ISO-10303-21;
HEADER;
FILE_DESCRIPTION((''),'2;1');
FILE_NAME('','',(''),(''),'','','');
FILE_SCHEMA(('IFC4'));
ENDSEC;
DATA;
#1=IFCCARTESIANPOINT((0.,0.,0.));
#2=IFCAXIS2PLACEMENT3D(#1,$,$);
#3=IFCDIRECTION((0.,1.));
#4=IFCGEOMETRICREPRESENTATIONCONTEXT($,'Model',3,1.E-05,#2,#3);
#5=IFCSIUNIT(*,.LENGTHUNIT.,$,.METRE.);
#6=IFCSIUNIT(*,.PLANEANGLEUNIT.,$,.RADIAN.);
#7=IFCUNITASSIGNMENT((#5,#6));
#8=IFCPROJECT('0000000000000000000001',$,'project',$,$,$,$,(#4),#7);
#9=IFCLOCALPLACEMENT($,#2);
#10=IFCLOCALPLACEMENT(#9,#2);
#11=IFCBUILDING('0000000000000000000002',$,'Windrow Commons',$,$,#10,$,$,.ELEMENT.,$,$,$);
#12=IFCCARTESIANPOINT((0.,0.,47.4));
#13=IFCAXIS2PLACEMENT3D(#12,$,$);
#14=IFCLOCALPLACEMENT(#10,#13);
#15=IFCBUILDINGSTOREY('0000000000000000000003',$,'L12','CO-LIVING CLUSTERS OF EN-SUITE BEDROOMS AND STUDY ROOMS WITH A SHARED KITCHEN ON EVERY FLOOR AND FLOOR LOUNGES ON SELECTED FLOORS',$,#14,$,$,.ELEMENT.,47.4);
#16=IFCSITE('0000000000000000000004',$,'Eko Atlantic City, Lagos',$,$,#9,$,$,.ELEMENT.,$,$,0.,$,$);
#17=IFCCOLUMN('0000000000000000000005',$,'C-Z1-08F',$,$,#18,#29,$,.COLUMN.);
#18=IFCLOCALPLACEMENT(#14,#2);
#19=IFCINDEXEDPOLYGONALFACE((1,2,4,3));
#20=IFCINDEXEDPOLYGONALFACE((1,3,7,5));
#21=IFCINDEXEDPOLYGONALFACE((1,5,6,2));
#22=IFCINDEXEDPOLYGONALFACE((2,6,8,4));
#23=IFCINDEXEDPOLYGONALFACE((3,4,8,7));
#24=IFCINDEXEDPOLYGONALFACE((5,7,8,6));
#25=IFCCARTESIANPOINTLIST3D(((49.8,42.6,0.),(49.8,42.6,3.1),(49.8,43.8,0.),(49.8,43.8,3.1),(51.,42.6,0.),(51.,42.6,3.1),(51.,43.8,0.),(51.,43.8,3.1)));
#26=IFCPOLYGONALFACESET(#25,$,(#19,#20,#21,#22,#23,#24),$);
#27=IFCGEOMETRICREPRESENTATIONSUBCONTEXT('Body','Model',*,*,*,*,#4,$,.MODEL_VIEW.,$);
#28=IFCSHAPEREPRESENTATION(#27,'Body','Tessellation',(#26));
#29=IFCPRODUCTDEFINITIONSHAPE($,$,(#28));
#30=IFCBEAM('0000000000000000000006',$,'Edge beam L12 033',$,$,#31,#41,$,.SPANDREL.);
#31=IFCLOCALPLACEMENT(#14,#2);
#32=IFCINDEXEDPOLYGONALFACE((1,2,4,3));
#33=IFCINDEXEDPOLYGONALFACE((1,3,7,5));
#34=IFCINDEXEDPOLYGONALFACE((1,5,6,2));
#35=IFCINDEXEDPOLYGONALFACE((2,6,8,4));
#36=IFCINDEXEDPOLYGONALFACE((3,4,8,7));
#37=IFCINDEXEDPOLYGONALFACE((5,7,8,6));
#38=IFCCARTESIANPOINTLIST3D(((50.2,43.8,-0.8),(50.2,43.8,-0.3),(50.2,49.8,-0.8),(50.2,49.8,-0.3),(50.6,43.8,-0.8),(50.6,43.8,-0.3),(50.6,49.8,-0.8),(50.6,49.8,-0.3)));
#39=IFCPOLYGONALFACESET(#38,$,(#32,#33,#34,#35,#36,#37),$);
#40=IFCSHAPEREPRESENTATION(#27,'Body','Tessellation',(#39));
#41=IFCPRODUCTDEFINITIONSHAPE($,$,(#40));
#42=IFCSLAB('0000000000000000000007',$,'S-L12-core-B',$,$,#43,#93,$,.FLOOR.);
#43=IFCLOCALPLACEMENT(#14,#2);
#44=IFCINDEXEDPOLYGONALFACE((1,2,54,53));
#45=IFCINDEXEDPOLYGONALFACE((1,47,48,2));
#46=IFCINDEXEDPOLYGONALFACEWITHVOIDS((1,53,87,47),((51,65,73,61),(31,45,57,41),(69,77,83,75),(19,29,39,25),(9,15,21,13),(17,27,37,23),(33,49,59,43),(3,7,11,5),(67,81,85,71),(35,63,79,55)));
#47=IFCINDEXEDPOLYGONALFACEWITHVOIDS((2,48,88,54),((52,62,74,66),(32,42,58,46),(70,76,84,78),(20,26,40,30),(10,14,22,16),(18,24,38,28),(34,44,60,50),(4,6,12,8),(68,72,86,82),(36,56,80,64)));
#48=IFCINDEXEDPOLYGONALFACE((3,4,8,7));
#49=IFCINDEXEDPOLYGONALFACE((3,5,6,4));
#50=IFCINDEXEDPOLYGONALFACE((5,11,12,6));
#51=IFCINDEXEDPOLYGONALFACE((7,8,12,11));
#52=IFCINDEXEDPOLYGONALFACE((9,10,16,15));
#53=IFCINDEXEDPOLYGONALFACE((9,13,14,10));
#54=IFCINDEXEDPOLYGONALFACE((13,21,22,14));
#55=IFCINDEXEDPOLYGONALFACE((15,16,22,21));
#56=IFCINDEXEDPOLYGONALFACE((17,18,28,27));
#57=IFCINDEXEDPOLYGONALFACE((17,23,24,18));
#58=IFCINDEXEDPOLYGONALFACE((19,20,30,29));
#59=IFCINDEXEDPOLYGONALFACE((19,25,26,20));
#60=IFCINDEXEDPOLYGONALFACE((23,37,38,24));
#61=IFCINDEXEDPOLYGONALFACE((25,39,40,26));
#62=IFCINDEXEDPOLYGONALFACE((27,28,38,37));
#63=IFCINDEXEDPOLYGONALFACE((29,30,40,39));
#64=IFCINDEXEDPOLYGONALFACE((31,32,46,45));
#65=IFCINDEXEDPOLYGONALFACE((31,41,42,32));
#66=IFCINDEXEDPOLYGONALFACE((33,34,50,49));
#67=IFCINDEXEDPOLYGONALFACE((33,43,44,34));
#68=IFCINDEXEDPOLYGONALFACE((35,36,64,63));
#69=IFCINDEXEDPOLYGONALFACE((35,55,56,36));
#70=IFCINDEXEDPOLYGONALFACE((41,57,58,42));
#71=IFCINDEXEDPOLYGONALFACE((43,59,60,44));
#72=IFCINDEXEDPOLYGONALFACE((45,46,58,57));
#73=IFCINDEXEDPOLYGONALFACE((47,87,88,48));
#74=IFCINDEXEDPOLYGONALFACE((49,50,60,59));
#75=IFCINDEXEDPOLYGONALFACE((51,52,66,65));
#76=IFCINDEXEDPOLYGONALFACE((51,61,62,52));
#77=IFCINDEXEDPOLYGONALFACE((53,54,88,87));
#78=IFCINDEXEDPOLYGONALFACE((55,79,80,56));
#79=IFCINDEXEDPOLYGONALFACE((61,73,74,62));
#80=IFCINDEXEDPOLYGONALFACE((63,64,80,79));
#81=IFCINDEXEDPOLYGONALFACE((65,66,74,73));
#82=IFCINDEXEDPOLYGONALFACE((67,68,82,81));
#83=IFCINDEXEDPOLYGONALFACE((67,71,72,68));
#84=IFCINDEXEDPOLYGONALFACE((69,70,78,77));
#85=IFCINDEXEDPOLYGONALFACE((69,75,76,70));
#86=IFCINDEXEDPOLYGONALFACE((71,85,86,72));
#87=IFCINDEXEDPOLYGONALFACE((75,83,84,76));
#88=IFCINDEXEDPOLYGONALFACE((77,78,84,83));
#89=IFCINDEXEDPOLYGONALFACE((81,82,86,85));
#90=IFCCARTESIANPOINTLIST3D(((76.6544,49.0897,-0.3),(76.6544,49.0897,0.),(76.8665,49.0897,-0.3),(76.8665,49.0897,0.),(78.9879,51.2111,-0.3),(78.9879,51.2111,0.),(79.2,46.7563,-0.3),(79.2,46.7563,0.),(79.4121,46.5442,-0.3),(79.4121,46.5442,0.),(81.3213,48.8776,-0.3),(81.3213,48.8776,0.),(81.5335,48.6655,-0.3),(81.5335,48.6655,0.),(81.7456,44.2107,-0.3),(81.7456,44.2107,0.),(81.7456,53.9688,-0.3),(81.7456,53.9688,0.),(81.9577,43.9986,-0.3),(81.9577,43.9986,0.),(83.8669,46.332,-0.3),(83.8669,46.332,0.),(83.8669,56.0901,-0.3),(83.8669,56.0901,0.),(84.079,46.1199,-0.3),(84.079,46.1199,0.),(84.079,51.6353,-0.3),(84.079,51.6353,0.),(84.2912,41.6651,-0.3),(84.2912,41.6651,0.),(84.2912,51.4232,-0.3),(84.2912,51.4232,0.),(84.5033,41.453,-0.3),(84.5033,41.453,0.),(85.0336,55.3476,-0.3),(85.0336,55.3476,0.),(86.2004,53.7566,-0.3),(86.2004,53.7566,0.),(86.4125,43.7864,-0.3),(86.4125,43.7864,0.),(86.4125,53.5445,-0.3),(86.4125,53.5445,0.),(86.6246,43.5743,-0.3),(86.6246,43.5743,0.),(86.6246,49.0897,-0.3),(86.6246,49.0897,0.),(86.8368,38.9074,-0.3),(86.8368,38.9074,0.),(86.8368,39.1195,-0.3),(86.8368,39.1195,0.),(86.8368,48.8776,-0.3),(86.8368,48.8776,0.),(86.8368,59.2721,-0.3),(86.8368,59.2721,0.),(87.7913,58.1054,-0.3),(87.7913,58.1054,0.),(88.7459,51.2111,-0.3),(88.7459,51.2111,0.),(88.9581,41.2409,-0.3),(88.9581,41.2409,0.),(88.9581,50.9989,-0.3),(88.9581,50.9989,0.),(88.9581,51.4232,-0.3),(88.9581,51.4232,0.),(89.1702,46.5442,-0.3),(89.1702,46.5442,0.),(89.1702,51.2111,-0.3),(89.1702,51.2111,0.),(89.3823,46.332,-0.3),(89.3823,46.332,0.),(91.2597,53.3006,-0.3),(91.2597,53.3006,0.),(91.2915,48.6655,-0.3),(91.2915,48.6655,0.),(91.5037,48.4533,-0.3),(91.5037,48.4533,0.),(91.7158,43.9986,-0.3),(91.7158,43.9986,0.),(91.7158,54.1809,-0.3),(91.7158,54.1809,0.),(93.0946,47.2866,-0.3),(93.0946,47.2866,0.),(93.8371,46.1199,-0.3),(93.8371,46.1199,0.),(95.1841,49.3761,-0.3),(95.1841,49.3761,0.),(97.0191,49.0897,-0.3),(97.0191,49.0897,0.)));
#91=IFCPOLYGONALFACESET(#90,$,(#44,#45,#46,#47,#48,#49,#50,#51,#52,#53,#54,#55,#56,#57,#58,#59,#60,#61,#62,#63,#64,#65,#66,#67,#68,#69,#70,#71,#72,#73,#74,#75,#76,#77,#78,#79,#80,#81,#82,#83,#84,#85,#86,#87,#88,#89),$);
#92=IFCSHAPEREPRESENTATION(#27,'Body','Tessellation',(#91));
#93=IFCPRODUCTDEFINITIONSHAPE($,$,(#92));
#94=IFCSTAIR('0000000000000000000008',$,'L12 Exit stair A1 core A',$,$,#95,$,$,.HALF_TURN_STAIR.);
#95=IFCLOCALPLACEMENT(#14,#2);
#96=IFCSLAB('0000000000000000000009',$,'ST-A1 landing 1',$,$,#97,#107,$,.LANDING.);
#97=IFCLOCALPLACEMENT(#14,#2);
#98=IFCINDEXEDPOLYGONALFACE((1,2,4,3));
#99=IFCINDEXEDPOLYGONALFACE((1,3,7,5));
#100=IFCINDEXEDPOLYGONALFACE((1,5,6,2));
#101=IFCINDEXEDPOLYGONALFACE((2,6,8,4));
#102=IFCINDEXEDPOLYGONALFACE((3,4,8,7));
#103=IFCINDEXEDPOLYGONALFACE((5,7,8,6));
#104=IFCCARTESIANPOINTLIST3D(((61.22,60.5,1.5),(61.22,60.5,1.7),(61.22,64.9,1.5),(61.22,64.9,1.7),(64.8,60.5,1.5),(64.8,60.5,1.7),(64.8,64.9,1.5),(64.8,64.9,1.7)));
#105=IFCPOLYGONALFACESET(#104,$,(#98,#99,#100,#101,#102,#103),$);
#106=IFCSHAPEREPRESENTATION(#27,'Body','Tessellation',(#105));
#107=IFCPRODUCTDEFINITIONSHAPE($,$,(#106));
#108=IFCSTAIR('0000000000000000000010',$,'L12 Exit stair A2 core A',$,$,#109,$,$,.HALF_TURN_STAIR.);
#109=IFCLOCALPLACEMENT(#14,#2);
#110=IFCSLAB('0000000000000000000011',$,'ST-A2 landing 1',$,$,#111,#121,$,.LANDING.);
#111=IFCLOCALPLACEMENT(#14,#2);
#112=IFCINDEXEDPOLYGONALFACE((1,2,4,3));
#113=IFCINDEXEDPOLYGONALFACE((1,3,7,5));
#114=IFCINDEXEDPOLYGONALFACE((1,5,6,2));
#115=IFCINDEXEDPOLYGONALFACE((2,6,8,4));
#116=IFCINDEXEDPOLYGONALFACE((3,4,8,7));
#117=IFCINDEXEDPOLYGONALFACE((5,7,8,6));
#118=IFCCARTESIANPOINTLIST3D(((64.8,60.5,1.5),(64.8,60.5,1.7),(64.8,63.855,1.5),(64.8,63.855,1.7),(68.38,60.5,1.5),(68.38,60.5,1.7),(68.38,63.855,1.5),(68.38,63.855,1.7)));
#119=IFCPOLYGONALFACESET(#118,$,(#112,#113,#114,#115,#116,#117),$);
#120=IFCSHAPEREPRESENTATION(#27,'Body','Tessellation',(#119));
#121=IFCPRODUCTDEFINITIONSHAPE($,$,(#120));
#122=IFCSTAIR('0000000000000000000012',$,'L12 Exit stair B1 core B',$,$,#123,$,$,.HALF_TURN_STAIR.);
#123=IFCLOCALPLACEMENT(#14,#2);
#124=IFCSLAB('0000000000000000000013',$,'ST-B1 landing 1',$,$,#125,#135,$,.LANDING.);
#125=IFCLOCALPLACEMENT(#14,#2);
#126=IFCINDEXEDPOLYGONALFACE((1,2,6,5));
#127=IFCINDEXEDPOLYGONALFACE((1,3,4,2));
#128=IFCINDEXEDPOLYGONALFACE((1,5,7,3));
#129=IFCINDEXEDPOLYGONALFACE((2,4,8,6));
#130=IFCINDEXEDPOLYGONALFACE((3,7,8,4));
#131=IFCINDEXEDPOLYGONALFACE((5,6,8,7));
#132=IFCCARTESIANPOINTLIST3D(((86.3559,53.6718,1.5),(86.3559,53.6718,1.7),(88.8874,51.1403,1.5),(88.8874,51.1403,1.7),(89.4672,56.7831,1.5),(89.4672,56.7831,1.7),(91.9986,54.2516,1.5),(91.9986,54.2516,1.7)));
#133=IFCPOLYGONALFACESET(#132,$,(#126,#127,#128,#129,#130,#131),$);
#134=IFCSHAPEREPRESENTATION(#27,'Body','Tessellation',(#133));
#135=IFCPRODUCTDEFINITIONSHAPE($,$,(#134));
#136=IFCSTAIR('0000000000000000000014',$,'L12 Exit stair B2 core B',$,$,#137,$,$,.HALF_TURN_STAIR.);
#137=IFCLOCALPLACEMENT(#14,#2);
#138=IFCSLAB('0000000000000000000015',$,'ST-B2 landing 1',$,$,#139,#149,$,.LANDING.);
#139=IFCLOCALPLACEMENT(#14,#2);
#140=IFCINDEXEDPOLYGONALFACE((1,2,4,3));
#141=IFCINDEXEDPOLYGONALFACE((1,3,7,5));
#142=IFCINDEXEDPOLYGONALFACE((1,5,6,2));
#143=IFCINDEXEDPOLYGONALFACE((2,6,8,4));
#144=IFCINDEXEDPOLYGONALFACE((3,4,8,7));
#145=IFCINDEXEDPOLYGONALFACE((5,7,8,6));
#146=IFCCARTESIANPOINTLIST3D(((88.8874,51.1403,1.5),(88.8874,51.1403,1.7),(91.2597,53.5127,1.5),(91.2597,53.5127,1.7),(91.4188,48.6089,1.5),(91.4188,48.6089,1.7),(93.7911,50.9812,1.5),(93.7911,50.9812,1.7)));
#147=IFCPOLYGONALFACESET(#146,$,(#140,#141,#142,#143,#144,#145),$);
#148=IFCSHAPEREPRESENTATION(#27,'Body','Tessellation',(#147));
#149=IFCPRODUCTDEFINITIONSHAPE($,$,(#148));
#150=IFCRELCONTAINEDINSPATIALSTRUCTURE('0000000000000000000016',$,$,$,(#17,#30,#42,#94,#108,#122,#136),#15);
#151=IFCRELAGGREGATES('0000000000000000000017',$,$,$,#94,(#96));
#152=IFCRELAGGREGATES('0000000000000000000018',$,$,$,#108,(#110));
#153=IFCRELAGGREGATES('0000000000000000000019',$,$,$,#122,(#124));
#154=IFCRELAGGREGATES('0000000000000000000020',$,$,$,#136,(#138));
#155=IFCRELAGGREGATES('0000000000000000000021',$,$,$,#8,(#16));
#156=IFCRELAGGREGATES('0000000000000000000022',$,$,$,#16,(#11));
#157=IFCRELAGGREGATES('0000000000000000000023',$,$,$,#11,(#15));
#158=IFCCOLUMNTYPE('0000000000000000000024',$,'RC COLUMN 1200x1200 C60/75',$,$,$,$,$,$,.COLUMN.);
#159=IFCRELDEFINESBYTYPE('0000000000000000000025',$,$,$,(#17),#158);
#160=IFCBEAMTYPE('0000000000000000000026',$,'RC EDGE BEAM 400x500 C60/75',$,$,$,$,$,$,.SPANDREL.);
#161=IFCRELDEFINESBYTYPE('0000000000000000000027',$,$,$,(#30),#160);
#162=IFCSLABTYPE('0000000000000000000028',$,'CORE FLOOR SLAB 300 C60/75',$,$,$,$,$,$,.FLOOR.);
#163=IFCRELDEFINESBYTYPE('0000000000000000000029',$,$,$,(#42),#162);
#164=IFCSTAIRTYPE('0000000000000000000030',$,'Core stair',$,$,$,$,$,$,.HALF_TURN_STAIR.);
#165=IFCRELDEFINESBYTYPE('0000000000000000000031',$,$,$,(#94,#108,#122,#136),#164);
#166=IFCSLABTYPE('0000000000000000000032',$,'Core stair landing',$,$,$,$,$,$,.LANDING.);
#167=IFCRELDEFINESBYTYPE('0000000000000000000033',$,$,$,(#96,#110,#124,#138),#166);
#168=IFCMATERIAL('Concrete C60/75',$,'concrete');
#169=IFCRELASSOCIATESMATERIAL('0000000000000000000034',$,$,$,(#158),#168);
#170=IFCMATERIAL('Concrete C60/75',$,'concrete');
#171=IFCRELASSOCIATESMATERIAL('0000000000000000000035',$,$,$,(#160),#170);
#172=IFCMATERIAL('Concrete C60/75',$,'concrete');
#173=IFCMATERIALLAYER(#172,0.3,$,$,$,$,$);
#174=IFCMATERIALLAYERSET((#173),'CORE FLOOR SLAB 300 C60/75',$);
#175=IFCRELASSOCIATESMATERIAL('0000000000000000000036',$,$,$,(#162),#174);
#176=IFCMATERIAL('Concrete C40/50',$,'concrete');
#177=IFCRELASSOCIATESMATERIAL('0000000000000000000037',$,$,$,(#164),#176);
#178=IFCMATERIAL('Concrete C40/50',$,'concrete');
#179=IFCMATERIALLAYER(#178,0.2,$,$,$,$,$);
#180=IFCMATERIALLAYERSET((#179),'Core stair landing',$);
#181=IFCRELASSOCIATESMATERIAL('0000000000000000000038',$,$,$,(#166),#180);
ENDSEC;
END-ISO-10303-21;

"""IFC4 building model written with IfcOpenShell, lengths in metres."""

from ifc_helpers import new_model, si_unit, direction, frame, origin, origin_2d, place, context, subcontext, project, spatial, polyline, rectangle, outline, extrude, material, layer, layer_set, material_profile, profile_set, type_object, element, aggregate, save


model = new_model("IFC4")

# Units and contexts
model_context = context("Model", 3, precision=1e-05, world=origin(), true_north=direction((0.0, 1.0)))
body_context = subcontext(model_context, "Body", "Model", "MODEL_VIEW")
ifc_project = project(units=[si_unit("LENGTHUNIT", "METRE"), si_unit("PLANEANGLEUNIT", "RADIAN")], contexts=[model_context])

# Site, building, storey
site_placement = place(None, origin())
site = spatial("IfcSite", under=ifc_project, at=site_placement, Name="Eko Atlantic City, Lagos", CompositionType="ELEMENT", RefElevation=0.0)
building_placement = place(site_placement, origin())
building = spatial("IfcBuilding", under=site, at=building_placement, Name="Windrow Commons", CompositionType="ELEMENT")
storey_placement = place(building_placement, frame((0.0, 0.0, 47.4)))
storey = spatial("IfcBuildingStorey", under=building, at=storey_placement, Name="L12", Description="CO-LIVING CLUSTERS OF EN-SUITE BEDROOMS AND STUDY ROOMS WITH A SHARED KITCHEN ON EVERY FLOOR AND FLOOR LOUNGES ON SELECTED FLOORS", CompositionType="ELEMENT", Elevation=47.4)

# Column
ifc_material_1 = material(Name="Concrete C60/75", Category="concrete")
ifc_material_profile_1 = material_profile(ifc_material_1, rectangle(XDim=1.2, YDim=1.2, at=origin_2d()))
ifc_profile_set_1 = profile_set([ifc_material_profile_1], Name="Concrete C60/75")
column_type = type_object("IfcColumnType", Name="RC COLUMN 1200x1200 C60/75", PredefinedType="COLUMN", material=ifc_profile_set_1)
column_placement = place(storey_placement, frame((50.4, 43.2, 0.0), z_axis=(0.0, 0.0, 1.0), x_axis=(1.0, 0.0, 0.0)))
element("IfcColumn", 1, at=column_placement, inside=storey, type_object=column_type, Name="C-Z1-08F", PredefinedType="COLUMN", context=body_context, shape_type="SweptSolid", body=[
    extrude(rectangle(XDim=1.2, YDim=1.2, at=origin_2d()), origin(), (0.0, 0.0, 1.0), 3.1),
])

# Beam
ifc_material_2 = material(Name="Concrete C60/75", Category="concrete")
ifc_material_profile_2 = material_profile(ifc_material_2, rectangle(XDim=0.4, YDim=0.5, at=origin_2d()))
ifc_profile_set_2 = profile_set([ifc_material_profile_2], Name="Concrete C60/75")
beam_type = type_object("IfcBeamType", Name="RC EDGE BEAM 400x500 C60/75", PredefinedType="SPANDREL", material=ifc_profile_set_2)
beam_placement = place(storey_placement, frame((50.4, 43.8, -0.55), z_axis=(0.0, 1.0, 0.0), x_axis=(-1.0, 0.0, 0.0)))
element("IfcBeam", 2, at=beam_placement, inside=storey, type_object=beam_type, Name="Edge beam L12 033", PredefinedType="SPANDREL", context=body_context, shape_type="SweptSolid", body=[
    extrude(rectangle(XDim=0.4, YDim=0.5, at=origin_2d()), origin(), (0.0, 0.0, 1.0), 6.0),
])

# Slab, openings
ifc_material_3 = material(Name="Concrete C60/75", Category="concrete")
ifc_layer_1 = layer(ifc_material_3, 0.3)
ifc_layer_set_1 = layer_set([ifc_layer_1], Name="CORE FLOOR SLAB 300 C60/75")
slab_type_1 = type_object("IfcSlabType", Name="CORE FLOOR SLAB 300 C60/75", PredefinedType="FLOOR", material=ifc_layer_set_1)
placement_1 = place(storey_placement, frame((0.0, 0.0, -0.3)))
slab_1 = element("IfcSlab", 3, at=placement_1, inside=storey, type_object=slab_type_1, Name="S-L12-core-B", PredefinedType="FLOOR", context=body_context, shape_type="SweptSolid", body=[
    extrude(outline(polyline([(76.6544, 49.0897), (86.8368, 38.9074), (97.0191, 49.0897), (86.8368, 59.2721), (76.6544, 49.0897)]), holes=[polyline([(76.8665, 49.0897), (79.2, 46.7563), (81.3213, 48.8776), (78.9879, 51.2111), (76.8665, 49.0897)]), polyline([(79.4121, 46.5442), (81.7456, 44.2107), (83.8669, 46.332), (81.5335, 48.6655), (79.4121, 46.5442)]), polyline([(81.9577, 43.9986), (84.2912, 41.6651), (86.4125, 43.7864), (84.079, 46.1199), (81.9577, 43.9986)]), polyline([(84.5033, 41.453), (86.8368, 39.1195), (88.9581, 41.2409), (86.6246, 43.5743), (84.5033, 41.453)]), polyline([(81.7456, 53.9688), (84.079, 51.6353), (86.2004, 53.7566), (83.8669, 56.0901), (81.7456, 53.9688)]), polyline([(84.2912, 51.4232), (86.6246, 49.0897), (88.7459, 51.2111), (86.4125, 53.5445), (84.2912, 51.4232)]), polyline([(86.8368, 48.8776), (89.1702, 46.5442), (91.2915, 48.6655), (88.9581, 50.9989), (86.8368, 48.8776)]), polyline([(89.3823, 46.332), (91.7158, 43.9986), (93.8371, 46.1199), (91.5037, 48.4533), (89.3823, 46.332)]), polyline([(85.0336, 55.3476), (88.9581, 51.4232), (91.7158, 54.1809), (87.7913, 58.1054), (85.0336, 55.3476)]), polyline([(89.1702, 51.2111), (93.0946, 47.2866), (95.1841, 49.3761), (91.2597, 53.3006), (89.1702, 51.2111)])]), origin(), (0.0, 0.0, 1.0), 0.3),
])
opening_1_placement = place(placement_1, origin())
element("IfcOpeningElement", 4, at=opening_1_placement, cuts=slab_1, PredefinedType="OPENING", context=body_context, shape_type="SweptSolid", body=[
    extrude(outline(polyline([(76.8736, 49.0897), (78.9879, 51.204), (81.3142, 48.8776), (79.2, 46.7634), (76.8736, 49.0897)])), origin(), (0.0, 0.0, 1.0), 0.3),
])
opening_2_placement = place(placement_1, origin())
element("IfcOpeningElement", 5, at=opening_2_placement, cuts=slab_1, PredefinedType="OPENING", context=body_context, shape_type="SweptSolid", body=[
    extrude(outline(polyline([(79.4192, 46.5442), (81.5335, 48.6584), (83.8598, 46.332), (81.7456, 44.2178), (79.4192, 46.5442)])), origin(), (0.0, 0.0, 1.0), 0.3),
])
opening_3_placement = place(placement_1, origin())
element("IfcOpeningElement", 6, at=opening_3_placement, cuts=slab_1, PredefinedType="OPENING", context=body_context, shape_type="SweptSolid", body=[
    extrude(outline(polyline([(81.9648, 43.9986), (84.079, 46.1128), (86.4054, 43.7864), (84.2912, 41.6722), (81.9648, 43.9986)])), origin(), (0.0, 0.0, 1.0), 0.3),
])
opening_4_placement = place(placement_1, origin())
element("IfcOpeningElement", 7, at=opening_4_placement, cuts=slab_1, PredefinedType="OPENING", context=body_context, shape_type="SweptSolid", body=[
    extrude(outline(polyline([(84.5104, 41.453), (86.6246, 43.5672), (88.951, 41.2409), (86.8368, 39.1266), (84.5104, 41.453)])), origin(), (0.0, 0.0, 1.0), 0.3),
])
opening_5_placement = place(placement_1, origin())
element("IfcOpeningElement", 8, at=opening_5_placement, cuts=slab_1, PredefinedType="OPENING", context=body_context, shape_type="SweptSolid", body=[
    extrude(outline(polyline([(81.7527, 53.9688), (83.8669, 56.083), (86.1933, 53.7566), (84.079, 51.6424), (81.7527, 53.9688)])), origin(), (0.0, 0.0, 1.0), 0.3),
])
opening_6_placement = place(placement_1, origin())
element("IfcOpeningElement", 9, at=opening_6_placement, cuts=slab_1, PredefinedType="OPENING", context=body_context, shape_type="SweptSolid", body=[
    extrude(outline(polyline([(84.2983, 51.4232), (86.4125, 53.5374), (88.7388, 51.2111), (86.6246, 49.0968), (84.2983, 51.4232)])), origin(), (0.0, 0.0, 1.0), 0.3),
])
opening_7_placement = place(placement_1, origin())
element("IfcOpeningElement", 10, at=opening_7_placement, cuts=slab_1, PredefinedType="OPENING", context=body_context, shape_type="SweptSolid", body=[
    extrude(outline(polyline([(86.8439, 48.8776), (88.9581, 50.9918), (91.2844, 48.6655), (89.1702, 46.5513), (86.8439, 48.8776)])), origin(), (0.0, 0.0, 1.0), 0.3),
])
opening_8_placement = place(placement_1, origin())
element("IfcOpeningElement", 11, at=opening_8_placement, cuts=slab_1, PredefinedType="OPENING", context=body_context, shape_type="SweptSolid", body=[
    extrude(outline(polyline([(89.3894, 46.332), (91.5037, 48.4462), (93.83, 46.1199), (91.7158, 44.0057), (89.3894, 46.332)])), origin(), (0.0, 0.0, 1.0), 0.3),
])
opening_9_placement = place(placement_1, origin())
element("IfcOpeningElement", 12, at=opening_9_placement, cuts=slab_1, PredefinedType="OPENING", context=body_context, shape_type="SweptSolid", body=[
    extrude(outline(polyline([(85.0407, 55.3476), (87.7913, 58.0983), (91.7087, 54.1809), (88.9581, 51.4303), (85.0407, 55.3476)])), origin(), (0.0, 0.0, 1.0), 0.3),
])
opening_10_placement = place(placement_1, origin())
element("IfcOpeningElement", 13, at=opening_10_placement, cuts=slab_1, PredefinedType="OPENING", context=body_context, shape_type="SweptSolid", body=[
    extrude(outline(polyline([(89.1773, 51.2111), (91.2597, 53.2935), (95.177, 49.3761), (93.0946, 47.2937), (89.1773, 51.2111)])), origin(), (0.0, 0.0, 1.0), 0.3),
])

# Stairs, slabs
ifc_material_4 = material(Name="Concrete C40/50", Category="concrete")
stair_type = type_object("IfcStairType", Name="Core stair", PredefinedType="HALF_TURN_STAIR", material=ifc_material_4)
placement_2 = place(storey_placement, origin())
stair_1 = element("IfcStair", 14, at=placement_2, inside=storey, type_object=stair_type, Name="L12 Exit stair A1 core A", PredefinedType="HALF_TURN_STAIR")
ifc_material_5 = material(Name="Concrete C40/50", Category="concrete")
ifc_layer_2 = layer(ifc_material_5, 0.2)
ifc_layer_set_2 = layer_set([ifc_layer_2], Name="Core stair landing")
slab_type_2 = type_object("IfcSlabType", Name="Core stair landing", PredefinedType="LANDING", material=ifc_layer_set_2)
placement_3 = place(storey_placement, frame((0.0, 0.0, 1.5)))
slab_2 = element("IfcSlab", 15, at=placement_3, type_object=slab_type_2, Name="ST-A1 landing 1", PredefinedType="LANDING", context=body_context, shape_type="SweptSolid", body=[
    extrude(outline(polyline([(61.22, 60.5), (64.8, 60.5), (64.8, 64.9), (61.22, 64.9), (61.22, 60.5)])), origin(), (0.0, 0.0, 1.0), 0.2),
])
aggregate(stair_1, [slab_2])
stair_2 = element("IfcStair", 16, at=placement_2, inside=storey, type_object=stair_type, Name="L12 Exit stair A2 core A", PredefinedType="HALF_TURN_STAIR")
slab_3 = element("IfcSlab", 17, at=placement_3, type_object=slab_type_2, Name="ST-A2 landing 1", PredefinedType="LANDING", context=body_context, shape_type="SweptSolid", body=[
    extrude(outline(polyline([(64.8, 60.5), (68.38, 60.5), (68.38, 63.855), (64.8, 63.855), (64.8, 60.5)])), origin(), (0.0, 0.0, 1.0), 0.2),
])
aggregate(stair_2, [slab_3])
stair_3 = element("IfcStair", 18, at=placement_2, inside=storey, type_object=stair_type, Name="L12 Exit stair B1 core B", PredefinedType="HALF_TURN_STAIR")
slab_4 = element("IfcSlab", 19, at=placement_3, type_object=slab_type_2, Name="ST-B1 landing 1", PredefinedType="LANDING", context=body_context, shape_type="SweptSolid", body=[
    extrude(outline(polyline([(86.3559, 53.6718), (88.8874, 51.1403), (91.9986, 54.2516), (89.4672, 56.7831), (86.3559, 53.6718)])), origin(), (0.0, 0.0, 1.0), 0.2),
])
aggregate(stair_3, [slab_4])
stair_4 = element("IfcStair", 20, at=placement_2, inside=storey, type_object=stair_type, Name="L12 Exit stair B2 core B", PredefinedType="HALF_TURN_STAIR")
slab_5 = element("IfcSlab", 21, at=placement_3, type_object=slab_type_2, Name="ST-B2 landing 1", PredefinedType="LANDING", context=body_context, shape_type="SweptSolid", body=[
    extrude(outline(polyline([(88.8874, 51.1403), (91.4188, 48.6089), (93.7911, 50.9812), (91.2597, 53.5127), (88.8874, 51.1403)])), origin(), (0.0, 0.0, 1.0), 0.2),
])
aggregate(stair_4, [slab_5])

save(model, "model.ifc")
